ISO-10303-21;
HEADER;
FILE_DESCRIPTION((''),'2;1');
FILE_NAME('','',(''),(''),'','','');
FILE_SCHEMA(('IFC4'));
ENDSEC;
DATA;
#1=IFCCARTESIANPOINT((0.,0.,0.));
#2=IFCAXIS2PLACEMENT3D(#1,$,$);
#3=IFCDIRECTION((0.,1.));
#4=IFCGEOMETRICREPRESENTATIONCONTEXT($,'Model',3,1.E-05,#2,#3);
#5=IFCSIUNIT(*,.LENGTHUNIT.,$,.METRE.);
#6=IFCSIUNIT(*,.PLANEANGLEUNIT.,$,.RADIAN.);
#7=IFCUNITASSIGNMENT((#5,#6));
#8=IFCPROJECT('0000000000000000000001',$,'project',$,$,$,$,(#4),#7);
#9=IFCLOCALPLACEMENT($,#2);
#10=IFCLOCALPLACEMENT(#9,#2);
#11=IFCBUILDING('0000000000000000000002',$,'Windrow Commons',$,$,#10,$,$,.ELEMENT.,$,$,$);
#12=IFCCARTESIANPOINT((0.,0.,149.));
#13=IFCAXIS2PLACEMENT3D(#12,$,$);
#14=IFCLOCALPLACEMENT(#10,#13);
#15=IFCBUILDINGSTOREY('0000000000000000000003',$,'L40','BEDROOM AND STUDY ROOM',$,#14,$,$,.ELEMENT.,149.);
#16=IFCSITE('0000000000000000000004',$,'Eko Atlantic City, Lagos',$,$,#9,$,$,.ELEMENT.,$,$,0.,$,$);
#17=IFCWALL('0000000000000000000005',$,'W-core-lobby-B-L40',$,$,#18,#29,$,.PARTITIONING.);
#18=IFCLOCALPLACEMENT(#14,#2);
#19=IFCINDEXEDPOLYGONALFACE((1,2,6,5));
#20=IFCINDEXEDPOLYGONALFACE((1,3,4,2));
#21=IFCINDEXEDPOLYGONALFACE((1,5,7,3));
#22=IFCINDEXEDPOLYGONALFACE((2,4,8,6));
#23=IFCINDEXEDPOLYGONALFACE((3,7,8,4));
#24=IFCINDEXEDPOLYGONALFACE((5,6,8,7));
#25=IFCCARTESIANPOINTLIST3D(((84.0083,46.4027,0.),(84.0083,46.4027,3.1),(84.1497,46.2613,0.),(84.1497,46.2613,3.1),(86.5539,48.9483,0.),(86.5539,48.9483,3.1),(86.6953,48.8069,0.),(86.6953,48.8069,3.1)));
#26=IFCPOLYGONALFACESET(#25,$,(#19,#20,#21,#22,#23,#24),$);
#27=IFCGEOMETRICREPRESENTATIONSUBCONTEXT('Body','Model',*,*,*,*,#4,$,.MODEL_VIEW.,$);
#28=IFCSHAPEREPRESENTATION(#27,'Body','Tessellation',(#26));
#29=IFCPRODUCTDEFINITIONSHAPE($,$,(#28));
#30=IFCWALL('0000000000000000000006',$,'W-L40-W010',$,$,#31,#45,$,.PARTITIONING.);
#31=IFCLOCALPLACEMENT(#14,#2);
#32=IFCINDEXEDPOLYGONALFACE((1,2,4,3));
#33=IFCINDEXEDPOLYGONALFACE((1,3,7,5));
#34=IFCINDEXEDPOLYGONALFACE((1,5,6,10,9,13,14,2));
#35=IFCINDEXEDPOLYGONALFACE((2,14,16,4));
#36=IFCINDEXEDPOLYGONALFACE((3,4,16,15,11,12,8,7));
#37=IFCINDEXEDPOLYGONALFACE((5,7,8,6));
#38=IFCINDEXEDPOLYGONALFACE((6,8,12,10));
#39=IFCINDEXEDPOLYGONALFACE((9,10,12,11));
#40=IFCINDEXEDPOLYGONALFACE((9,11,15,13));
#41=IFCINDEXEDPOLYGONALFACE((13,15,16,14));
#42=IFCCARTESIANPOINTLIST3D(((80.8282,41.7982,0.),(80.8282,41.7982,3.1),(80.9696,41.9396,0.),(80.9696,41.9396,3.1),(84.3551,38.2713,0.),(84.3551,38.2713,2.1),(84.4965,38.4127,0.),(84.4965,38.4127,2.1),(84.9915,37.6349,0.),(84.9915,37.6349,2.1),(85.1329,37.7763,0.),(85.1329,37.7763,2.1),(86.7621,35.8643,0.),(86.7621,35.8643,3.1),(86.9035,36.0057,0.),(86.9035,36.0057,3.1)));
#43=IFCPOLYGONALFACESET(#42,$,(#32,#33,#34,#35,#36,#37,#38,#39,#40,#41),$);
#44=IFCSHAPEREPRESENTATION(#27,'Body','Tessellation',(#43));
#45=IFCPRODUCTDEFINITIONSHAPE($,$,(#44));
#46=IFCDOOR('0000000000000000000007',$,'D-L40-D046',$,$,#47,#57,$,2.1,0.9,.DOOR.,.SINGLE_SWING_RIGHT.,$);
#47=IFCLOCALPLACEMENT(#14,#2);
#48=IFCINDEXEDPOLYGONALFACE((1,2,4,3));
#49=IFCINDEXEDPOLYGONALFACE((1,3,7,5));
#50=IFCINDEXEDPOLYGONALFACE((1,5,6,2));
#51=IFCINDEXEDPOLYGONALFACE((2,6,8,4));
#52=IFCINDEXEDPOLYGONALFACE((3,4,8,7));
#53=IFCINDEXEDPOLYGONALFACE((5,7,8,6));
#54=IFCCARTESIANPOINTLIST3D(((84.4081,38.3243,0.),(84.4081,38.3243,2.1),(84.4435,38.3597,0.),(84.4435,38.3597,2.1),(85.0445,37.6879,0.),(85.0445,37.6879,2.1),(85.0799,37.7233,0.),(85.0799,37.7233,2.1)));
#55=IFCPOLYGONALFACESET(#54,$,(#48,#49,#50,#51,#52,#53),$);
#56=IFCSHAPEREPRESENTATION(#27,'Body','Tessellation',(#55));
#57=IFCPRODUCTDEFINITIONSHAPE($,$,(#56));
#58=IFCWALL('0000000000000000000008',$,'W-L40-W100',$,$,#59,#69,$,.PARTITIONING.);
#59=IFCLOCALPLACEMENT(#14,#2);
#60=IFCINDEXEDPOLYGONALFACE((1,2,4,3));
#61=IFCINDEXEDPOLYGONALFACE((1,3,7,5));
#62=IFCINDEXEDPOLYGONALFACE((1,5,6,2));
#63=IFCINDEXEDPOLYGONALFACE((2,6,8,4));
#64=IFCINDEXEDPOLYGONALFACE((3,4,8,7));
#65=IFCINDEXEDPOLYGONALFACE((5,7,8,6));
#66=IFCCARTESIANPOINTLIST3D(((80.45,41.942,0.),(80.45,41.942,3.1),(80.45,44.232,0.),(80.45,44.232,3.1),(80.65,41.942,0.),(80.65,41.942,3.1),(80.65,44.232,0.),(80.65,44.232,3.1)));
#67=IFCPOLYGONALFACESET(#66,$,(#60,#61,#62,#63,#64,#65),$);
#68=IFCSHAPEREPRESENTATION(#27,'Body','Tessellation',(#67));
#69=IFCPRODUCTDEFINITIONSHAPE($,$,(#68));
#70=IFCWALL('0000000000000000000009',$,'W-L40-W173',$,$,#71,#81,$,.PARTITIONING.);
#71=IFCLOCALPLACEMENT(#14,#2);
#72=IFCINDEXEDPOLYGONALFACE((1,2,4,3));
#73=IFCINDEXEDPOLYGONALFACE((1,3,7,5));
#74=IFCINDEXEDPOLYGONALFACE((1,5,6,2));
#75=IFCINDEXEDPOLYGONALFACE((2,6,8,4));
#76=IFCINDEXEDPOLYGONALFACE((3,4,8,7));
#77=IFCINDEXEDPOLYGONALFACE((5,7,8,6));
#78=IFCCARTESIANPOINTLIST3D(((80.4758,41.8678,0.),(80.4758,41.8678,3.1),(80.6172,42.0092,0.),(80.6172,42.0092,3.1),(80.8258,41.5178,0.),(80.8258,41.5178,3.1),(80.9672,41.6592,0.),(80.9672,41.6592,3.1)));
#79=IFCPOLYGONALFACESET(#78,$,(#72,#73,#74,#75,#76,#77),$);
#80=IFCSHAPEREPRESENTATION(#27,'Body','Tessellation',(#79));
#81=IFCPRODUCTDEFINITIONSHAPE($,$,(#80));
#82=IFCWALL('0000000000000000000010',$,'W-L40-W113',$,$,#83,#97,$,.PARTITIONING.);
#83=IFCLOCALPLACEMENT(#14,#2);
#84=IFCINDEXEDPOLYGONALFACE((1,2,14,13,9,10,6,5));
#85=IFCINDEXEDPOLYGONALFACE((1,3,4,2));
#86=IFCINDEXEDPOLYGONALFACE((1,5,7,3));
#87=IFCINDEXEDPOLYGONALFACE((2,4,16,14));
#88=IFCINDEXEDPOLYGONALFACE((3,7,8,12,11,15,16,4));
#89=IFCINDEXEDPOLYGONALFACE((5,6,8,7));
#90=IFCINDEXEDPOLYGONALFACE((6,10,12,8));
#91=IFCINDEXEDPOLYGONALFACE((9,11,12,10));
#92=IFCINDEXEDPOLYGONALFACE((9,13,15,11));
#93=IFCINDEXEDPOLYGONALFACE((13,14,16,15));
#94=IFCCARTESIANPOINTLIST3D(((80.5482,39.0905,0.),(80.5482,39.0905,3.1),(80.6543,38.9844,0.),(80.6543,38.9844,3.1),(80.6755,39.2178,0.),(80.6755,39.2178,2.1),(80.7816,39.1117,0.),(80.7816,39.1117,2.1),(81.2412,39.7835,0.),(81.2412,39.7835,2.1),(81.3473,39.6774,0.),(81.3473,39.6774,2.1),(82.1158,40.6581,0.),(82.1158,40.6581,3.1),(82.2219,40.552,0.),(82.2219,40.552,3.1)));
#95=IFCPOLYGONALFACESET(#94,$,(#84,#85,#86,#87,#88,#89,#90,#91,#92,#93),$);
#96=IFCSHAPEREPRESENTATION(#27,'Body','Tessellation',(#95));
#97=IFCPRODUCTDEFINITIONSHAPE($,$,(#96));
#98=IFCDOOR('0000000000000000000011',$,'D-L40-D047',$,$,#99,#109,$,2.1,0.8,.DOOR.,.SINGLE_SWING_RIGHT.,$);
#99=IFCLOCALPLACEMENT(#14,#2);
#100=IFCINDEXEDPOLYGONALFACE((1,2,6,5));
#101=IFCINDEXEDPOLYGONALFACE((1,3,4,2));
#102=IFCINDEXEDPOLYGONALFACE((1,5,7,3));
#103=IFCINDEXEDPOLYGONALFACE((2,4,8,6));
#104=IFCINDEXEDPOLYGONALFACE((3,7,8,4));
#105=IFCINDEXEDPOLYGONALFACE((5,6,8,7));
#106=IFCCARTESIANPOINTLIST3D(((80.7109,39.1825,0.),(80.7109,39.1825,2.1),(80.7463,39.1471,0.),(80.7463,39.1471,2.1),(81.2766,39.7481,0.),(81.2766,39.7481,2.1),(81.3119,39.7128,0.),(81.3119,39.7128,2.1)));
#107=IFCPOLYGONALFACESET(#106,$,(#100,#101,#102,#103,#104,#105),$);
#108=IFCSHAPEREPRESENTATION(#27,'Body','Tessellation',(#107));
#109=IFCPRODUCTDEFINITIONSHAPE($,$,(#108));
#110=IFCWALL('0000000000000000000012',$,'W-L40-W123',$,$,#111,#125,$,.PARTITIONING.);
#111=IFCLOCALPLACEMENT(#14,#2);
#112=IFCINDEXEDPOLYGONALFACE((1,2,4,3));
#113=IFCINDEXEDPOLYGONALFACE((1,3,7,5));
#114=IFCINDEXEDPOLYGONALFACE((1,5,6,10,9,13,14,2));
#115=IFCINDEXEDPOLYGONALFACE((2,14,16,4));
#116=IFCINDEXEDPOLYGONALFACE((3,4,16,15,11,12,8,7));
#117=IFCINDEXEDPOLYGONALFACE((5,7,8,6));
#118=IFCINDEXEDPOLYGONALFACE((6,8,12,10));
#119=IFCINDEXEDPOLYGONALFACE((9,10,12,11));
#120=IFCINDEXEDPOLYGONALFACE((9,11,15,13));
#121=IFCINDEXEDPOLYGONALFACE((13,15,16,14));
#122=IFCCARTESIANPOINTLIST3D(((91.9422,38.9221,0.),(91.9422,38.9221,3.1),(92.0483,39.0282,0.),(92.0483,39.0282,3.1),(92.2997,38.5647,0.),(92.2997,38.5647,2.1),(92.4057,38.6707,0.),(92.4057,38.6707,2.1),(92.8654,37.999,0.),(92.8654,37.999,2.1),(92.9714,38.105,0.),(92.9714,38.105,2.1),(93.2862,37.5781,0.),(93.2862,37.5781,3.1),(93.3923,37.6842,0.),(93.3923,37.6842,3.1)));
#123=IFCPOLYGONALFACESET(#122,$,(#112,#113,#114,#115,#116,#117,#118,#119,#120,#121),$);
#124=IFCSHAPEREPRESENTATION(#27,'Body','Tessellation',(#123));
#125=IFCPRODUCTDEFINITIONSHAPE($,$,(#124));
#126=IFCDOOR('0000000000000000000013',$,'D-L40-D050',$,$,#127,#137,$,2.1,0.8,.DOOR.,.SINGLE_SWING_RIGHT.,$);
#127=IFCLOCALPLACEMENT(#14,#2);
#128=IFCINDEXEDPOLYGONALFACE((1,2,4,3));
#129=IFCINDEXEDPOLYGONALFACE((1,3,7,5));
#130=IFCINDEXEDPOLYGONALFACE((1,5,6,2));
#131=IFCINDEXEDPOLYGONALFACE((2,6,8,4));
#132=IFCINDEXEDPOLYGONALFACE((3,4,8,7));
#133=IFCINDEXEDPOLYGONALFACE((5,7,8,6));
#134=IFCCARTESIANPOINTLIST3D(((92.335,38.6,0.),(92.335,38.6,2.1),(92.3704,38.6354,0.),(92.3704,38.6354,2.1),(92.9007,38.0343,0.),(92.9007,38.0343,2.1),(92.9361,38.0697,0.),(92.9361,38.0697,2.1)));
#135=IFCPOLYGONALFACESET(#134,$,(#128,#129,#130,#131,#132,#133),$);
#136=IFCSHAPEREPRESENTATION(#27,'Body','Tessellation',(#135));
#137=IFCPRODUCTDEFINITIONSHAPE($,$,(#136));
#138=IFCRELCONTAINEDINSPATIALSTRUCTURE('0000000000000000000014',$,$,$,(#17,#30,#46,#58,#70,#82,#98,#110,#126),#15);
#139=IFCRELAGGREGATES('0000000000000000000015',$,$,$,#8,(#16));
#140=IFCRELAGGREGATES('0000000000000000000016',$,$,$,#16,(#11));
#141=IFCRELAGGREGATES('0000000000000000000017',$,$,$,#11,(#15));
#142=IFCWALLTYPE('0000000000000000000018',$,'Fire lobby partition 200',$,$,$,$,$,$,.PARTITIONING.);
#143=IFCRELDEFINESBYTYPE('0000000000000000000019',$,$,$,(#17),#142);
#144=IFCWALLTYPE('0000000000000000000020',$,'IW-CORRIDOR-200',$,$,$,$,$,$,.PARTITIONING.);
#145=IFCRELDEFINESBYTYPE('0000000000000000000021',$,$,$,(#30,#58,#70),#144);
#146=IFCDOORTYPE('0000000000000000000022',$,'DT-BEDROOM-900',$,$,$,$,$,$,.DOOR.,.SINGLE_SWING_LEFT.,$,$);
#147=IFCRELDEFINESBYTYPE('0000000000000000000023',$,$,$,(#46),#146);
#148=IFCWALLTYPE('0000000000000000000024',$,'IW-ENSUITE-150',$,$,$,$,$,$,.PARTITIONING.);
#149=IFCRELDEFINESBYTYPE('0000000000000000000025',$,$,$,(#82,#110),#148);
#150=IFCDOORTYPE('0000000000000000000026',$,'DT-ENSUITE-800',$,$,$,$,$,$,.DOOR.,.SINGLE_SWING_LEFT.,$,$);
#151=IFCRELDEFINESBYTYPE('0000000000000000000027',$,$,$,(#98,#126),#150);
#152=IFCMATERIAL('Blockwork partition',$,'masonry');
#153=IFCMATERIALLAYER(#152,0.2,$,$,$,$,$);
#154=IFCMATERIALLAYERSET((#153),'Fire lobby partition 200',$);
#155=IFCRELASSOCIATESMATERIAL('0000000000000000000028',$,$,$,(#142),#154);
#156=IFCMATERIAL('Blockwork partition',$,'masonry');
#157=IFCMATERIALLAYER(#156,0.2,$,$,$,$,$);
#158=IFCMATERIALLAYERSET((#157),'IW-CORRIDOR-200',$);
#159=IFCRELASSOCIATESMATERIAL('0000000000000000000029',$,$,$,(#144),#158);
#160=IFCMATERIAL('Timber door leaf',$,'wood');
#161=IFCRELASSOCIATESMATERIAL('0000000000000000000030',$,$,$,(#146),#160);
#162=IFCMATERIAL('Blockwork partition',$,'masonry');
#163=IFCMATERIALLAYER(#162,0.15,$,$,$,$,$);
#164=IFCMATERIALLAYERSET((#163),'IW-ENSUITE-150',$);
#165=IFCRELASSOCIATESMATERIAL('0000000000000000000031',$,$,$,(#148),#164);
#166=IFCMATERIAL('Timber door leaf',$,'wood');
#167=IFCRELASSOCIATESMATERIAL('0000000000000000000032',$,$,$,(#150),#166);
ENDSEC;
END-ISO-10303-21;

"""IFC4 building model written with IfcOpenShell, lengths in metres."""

from ifc_helpers import new_model, si_unit, direction, frame, frame_2d, origin, place, context, subcontext, project, spatial, rectangle, extrude, material, layer, layer_set, type_object, element, fill, save


model = new_model("IFC4")

# Units and contexts
model_context = context("Model", 3, precision=1e-05, world=origin(), true_north=direction((0.0, 1.0)))
body_context = subcontext(model_context, "Body", "Model", "MODEL_VIEW")
ifc_project = project(units=[si_unit("LENGTHUNIT", "METRE"), si_unit("PLANEANGLEUNIT", "RADIAN")], contexts=[model_context])

# Site, building, storey
site_placement = place(None, origin())
site = spatial("IfcSite", under=ifc_project, at=site_placement, Name="Eko Atlantic City, Lagos", CompositionType="ELEMENT", RefElevation=0.0)
building_placement = place(site_placement, origin())
building = spatial("IfcBuilding", under=site, at=building_placement, Name="Windrow Commons", CompositionType="ELEMENT")
storey_placement = place(building_placement, frame((0.0, 0.0, 149.0)))
storey = spatial("IfcBuildingStorey", under=building, at=storey_placement, Name="L40", Description="BEDROOM AND STUDY ROOM", CompositionType="ELEMENT", Elevation=149.0)

# Wall
ifc_material_1 = material(Name="Blockwork partition", Category="masonry")
ifc_layer_1 = layer(ifc_material_1, 0.2)
ifc_layer_set_1 = layer_set([ifc_layer_1], Name="Fire lobby partition 200")
wall_type_1 = type_object("IfcWallType", Name="Fire lobby partition 200", PredefinedType="PARTITIONING", material=ifc_layer_set_1)
wall_1_placement = place(storey_placement, frame((84.079, 46.332, 0.0), z_axis=(0.0, 0.0, 1.0), x_axis=(0.707107, 0.707107, 0.0)))
element("IfcWall", 1, at=wall_1_placement, inside=storey, type_object=wall_type_1, Name="W-core-lobby-B-L40", PredefinedType="PARTITIONING", context=body_context, shape_type="SweptSolid", body=[
    extrude(rectangle(XDim=3.6, YDim=0.2, at=frame_2d((1.8, 0.0))), origin(), (0.0, 0.0, 1.0), 3.1),
])

# Wall, opening, door
ifc_material_2 = material(Name="Blockwork partition", Category="masonry")
ifc_layer_2 = layer(ifc_material_2, 0.2)
ifc_layer_set_2 = layer_set([ifc_layer_2], Name="IW-CORRIDOR-200")
wall_type_2 = type_object("IfcWallType", Name="IW-CORRIDOR-200", PredefinedType="PARTITIONING", material=ifc_layer_set_2)
wall_2_placement = place(storey_placement, frame((80.8989, 41.8689, 0.0), z_axis=(0.0, 0.0, 1.0), x_axis=(0.707107, -0.707107, 0.0)))
wall_2 = element("IfcWall", 2, at=wall_2_placement, inside=storey, type_object=wall_type_2, Name="W-L40-W010", PredefinedType="PARTITIONING", context=body_context, shape_type="SweptSolid", body=[
    extrude(rectangle(XDim=8.3919, YDim=0.2, at=frame_2d((4.1959, 0.0))), origin(), (0.0, 0.0, 1.0), 3.1),
])
opening_1_placement = place(wall_2_placement, frame((4.9878, 0.0, 0.0)))
opening_1 = element("IfcOpeningElement", 3, at=opening_1_placement, cuts=wall_2, PredefinedType="OPENING", context=body_context, shape_type="SweptSolid", body=[
    extrude(rectangle(XDim=0.9, YDim=2.1, at=frame_2d((0.45, 1.05))), frame((0.0, 0.11, 0.0), z_axis=(0.0, -1.0, 0.0), x_axis=(1.0, 0.0, 0.0)), (0.0, 0.0, 1.0), 0.22),
])
ifc_material_3 = material(Name="Timber door leaf", Category="wood")
door_type_1 = type_object("IfcDoorType", Name="DT-BEDROOM-900", OperationType="SINGLE_SWING_LEFT", PredefinedType="DOOR", material=ifc_material_3)
door_1_placement = place(opening_1_placement, origin())
door_1 = element("IfcDoor", 4, at=door_1_placement, inside=storey, type_object=door_type_1, Name="D-L40-D046", OperationType="SINGLE_SWING_RIGHT", OverallHeight=2.1, OverallWidth=0.9, PredefinedType="DOOR", context=body_context, shape_type="SweptSolid", body=[
    extrude(rectangle(XDim=0.9, YDim=2.1, at=frame_2d((0.45, 1.05))), frame((0.0, 0.025, 0.0), z_axis=(0.0, -1.0, 0.0), x_axis=(1.0, 0.0, 0.0)), (0.0, 0.0, 1.0), 0.05),
])
fill(opening_1, door_1)

# Walls
wall_3_placement = place(storey_placement, frame((80.55, 41.942, 0.0), z_axis=(0.0, 0.0, 1.0), x_axis=(0.0, 1.0, 0.0)))
element("IfcWall", 5, at=wall_3_placement, inside=storey, type_object=wall_type_2, Name="W-L40-W100", PredefinedType="PARTITIONING", context=body_context, shape_type="SweptSolid", body=[
    extrude(rectangle(XDim=2.29, YDim=0.2, at=frame_2d((1.145, 0.0))), origin(), (0.0, 0.0, 1.0), 3.1),
])
wall_4_placement = place(storey_placement, frame((80.5465, 41.9385, 0.0), z_axis=(0.0, 0.0, 1.0), x_axis=(0.707107, -0.707107, 0.0)))
element("IfcWall", 6, at=wall_4_placement, inside=storey, type_object=wall_type_2, Name="W-L40-W173", PredefinedType="PARTITIONING", context=body_context, shape_type="SweptSolid", body=[
    extrude(rectangle(XDim=0.495, YDim=0.2, at=frame_2d((0.2475, 0.0))), origin(), (0.0, 0.0, 1.0), 3.1),
])

# Walls, openings, doors
ifc_material_4 = material(Name="Blockwork partition", Category="masonry")
ifc_layer_3 = layer(ifc_material_4, 0.15)
ifc_layer_set_3 = layer_set([ifc_layer_3], Name="IW-ENSUITE-150")
wall_type_3 = type_object("IfcWallType", Name="IW-ENSUITE-150", PredefinedType="PARTITIONING", material=ifc_layer_set_3)
wall_5_placement = place(storey_placement, frame((80.6013, 39.0375, 0.0), z_axis=(0.0, 0.0, 1.0), x_axis=(0.707107, 0.707107, 0.0)))
wall_5 = element("IfcWall", 7, at=wall_5_placement, inside=storey, type_object=wall_type_3, Name="W-L40-W113", PredefinedType="PARTITIONING", context=body_context, shape_type="SweptSolid", body=[
    extrude(rectangle(XDim=2.2169, YDim=0.15, at=frame_2d((1.1084, 0.0))), origin(), (0.0, 0.0, 1.0), 3.1),
])
opening_2_placement = place(wall_5_placement, frame((0.18, 0.0, 0.0)))
opening_2 = element("IfcOpeningElement", 8, at=opening_2_placement, cuts=wall_5, PredefinedType="OPENING", context=body_context, shape_type="SweptSolid", body=[
    extrude(rectangle(XDim=0.8, YDim=2.1, at=frame_2d((0.4, 1.05))), frame((0.0, 0.085, 0.0), z_axis=(0.0, -1.0, 0.0), x_axis=(1.0, 0.0, 0.0)), (0.0, 0.0, 1.0), 0.17),
])
ifc_material_5 = material(Name="Timber door leaf", Category="wood")
door_type_2 = type_object("IfcDoorType", Name="DT-ENSUITE-800", OperationType="SINGLE_SWING_LEFT", PredefinedType="DOOR", material=ifc_material_5)
door_2_placement = place(opening_2_placement, origin())
door_2 = element("IfcDoor", 9, at=door_2_placement, inside=storey, type_object=door_type_2, Name="D-L40-D047", OperationType="SINGLE_SWING_RIGHT", OverallHeight=2.1, OverallWidth=0.8, PredefinedType="DOOR", context=body_context, shape_type="SweptSolid", body=[
    extrude(rectangle(XDim=0.8, YDim=2.1, at=frame_2d((0.4, 1.05))), frame((0.0, 0.025, 0.0), z_axis=(0.0, -1.0, 0.0), x_axis=(1.0, 0.0, 0.0)), (0.0, 0.0, 1.0), 0.05),
])
fill(opening_2, door_2)
wall_6_placement = place(storey_placement, frame((91.9952, 38.9752, 0.0), z_axis=(0.0, 0.0, 1.0), x_axis=(0.707107, -0.707107, 0.0)))
wall_6 = element("IfcWall", 10, at=wall_6_placement, inside=storey, type_object=wall_type_3, Name="W-L40-W123", PredefinedType="PARTITIONING", context=body_context, shape_type="SweptSolid", body=[
    extrude(rectangle(XDim=1.9007, YDim=0.15, at=frame_2d((0.9504, 0.0))), origin(), (0.0, 0.0, 1.0), 3.1),
])
opening_3_placement = place(wall_6_placement, frame((0.5056, 0.0, 0.0)))
opening_3 = element("IfcOpeningElement", 11, at=opening_3_placement, cuts=wall_6, PredefinedType="OPENING", context=body_context, shape_type="SweptSolid", body=[
    extrude(rectangle(XDim=0.8, YDim=2.1, at=frame_2d((0.4, 1.05))), frame((0.0, 0.085, 0.0), z_axis=(0.0, -1.0, 0.0), x_axis=(1.0, 0.0, 0.0)), (0.0, 0.0, 1.0), 0.17),
])
door_3_placement = place(opening_3_placement, origin())
door_3 = element("IfcDoor", 12, at=door_3_placement, inside=storey, type_object=door_type_2, Name="D-L40-D050", OperationType="SINGLE_SWING_RIGHT", OverallHeight=2.1, OverallWidth=0.8, PredefinedType="DOOR", context=body_context, shape_type="SweptSolid", body=[
    extrude(rectangle(XDim=0.8, YDim=2.1, at=frame_2d((0.4, 1.05))), frame((0.0, 0.025, 0.0), z_axis=(0.0, -1.0, 0.0), x_axis=(1.0, 0.0, 0.0)), (0.0, 0.0, 1.0), 0.05),
])
fill(opening_3, door_3)

save(model, "model.ifc")
